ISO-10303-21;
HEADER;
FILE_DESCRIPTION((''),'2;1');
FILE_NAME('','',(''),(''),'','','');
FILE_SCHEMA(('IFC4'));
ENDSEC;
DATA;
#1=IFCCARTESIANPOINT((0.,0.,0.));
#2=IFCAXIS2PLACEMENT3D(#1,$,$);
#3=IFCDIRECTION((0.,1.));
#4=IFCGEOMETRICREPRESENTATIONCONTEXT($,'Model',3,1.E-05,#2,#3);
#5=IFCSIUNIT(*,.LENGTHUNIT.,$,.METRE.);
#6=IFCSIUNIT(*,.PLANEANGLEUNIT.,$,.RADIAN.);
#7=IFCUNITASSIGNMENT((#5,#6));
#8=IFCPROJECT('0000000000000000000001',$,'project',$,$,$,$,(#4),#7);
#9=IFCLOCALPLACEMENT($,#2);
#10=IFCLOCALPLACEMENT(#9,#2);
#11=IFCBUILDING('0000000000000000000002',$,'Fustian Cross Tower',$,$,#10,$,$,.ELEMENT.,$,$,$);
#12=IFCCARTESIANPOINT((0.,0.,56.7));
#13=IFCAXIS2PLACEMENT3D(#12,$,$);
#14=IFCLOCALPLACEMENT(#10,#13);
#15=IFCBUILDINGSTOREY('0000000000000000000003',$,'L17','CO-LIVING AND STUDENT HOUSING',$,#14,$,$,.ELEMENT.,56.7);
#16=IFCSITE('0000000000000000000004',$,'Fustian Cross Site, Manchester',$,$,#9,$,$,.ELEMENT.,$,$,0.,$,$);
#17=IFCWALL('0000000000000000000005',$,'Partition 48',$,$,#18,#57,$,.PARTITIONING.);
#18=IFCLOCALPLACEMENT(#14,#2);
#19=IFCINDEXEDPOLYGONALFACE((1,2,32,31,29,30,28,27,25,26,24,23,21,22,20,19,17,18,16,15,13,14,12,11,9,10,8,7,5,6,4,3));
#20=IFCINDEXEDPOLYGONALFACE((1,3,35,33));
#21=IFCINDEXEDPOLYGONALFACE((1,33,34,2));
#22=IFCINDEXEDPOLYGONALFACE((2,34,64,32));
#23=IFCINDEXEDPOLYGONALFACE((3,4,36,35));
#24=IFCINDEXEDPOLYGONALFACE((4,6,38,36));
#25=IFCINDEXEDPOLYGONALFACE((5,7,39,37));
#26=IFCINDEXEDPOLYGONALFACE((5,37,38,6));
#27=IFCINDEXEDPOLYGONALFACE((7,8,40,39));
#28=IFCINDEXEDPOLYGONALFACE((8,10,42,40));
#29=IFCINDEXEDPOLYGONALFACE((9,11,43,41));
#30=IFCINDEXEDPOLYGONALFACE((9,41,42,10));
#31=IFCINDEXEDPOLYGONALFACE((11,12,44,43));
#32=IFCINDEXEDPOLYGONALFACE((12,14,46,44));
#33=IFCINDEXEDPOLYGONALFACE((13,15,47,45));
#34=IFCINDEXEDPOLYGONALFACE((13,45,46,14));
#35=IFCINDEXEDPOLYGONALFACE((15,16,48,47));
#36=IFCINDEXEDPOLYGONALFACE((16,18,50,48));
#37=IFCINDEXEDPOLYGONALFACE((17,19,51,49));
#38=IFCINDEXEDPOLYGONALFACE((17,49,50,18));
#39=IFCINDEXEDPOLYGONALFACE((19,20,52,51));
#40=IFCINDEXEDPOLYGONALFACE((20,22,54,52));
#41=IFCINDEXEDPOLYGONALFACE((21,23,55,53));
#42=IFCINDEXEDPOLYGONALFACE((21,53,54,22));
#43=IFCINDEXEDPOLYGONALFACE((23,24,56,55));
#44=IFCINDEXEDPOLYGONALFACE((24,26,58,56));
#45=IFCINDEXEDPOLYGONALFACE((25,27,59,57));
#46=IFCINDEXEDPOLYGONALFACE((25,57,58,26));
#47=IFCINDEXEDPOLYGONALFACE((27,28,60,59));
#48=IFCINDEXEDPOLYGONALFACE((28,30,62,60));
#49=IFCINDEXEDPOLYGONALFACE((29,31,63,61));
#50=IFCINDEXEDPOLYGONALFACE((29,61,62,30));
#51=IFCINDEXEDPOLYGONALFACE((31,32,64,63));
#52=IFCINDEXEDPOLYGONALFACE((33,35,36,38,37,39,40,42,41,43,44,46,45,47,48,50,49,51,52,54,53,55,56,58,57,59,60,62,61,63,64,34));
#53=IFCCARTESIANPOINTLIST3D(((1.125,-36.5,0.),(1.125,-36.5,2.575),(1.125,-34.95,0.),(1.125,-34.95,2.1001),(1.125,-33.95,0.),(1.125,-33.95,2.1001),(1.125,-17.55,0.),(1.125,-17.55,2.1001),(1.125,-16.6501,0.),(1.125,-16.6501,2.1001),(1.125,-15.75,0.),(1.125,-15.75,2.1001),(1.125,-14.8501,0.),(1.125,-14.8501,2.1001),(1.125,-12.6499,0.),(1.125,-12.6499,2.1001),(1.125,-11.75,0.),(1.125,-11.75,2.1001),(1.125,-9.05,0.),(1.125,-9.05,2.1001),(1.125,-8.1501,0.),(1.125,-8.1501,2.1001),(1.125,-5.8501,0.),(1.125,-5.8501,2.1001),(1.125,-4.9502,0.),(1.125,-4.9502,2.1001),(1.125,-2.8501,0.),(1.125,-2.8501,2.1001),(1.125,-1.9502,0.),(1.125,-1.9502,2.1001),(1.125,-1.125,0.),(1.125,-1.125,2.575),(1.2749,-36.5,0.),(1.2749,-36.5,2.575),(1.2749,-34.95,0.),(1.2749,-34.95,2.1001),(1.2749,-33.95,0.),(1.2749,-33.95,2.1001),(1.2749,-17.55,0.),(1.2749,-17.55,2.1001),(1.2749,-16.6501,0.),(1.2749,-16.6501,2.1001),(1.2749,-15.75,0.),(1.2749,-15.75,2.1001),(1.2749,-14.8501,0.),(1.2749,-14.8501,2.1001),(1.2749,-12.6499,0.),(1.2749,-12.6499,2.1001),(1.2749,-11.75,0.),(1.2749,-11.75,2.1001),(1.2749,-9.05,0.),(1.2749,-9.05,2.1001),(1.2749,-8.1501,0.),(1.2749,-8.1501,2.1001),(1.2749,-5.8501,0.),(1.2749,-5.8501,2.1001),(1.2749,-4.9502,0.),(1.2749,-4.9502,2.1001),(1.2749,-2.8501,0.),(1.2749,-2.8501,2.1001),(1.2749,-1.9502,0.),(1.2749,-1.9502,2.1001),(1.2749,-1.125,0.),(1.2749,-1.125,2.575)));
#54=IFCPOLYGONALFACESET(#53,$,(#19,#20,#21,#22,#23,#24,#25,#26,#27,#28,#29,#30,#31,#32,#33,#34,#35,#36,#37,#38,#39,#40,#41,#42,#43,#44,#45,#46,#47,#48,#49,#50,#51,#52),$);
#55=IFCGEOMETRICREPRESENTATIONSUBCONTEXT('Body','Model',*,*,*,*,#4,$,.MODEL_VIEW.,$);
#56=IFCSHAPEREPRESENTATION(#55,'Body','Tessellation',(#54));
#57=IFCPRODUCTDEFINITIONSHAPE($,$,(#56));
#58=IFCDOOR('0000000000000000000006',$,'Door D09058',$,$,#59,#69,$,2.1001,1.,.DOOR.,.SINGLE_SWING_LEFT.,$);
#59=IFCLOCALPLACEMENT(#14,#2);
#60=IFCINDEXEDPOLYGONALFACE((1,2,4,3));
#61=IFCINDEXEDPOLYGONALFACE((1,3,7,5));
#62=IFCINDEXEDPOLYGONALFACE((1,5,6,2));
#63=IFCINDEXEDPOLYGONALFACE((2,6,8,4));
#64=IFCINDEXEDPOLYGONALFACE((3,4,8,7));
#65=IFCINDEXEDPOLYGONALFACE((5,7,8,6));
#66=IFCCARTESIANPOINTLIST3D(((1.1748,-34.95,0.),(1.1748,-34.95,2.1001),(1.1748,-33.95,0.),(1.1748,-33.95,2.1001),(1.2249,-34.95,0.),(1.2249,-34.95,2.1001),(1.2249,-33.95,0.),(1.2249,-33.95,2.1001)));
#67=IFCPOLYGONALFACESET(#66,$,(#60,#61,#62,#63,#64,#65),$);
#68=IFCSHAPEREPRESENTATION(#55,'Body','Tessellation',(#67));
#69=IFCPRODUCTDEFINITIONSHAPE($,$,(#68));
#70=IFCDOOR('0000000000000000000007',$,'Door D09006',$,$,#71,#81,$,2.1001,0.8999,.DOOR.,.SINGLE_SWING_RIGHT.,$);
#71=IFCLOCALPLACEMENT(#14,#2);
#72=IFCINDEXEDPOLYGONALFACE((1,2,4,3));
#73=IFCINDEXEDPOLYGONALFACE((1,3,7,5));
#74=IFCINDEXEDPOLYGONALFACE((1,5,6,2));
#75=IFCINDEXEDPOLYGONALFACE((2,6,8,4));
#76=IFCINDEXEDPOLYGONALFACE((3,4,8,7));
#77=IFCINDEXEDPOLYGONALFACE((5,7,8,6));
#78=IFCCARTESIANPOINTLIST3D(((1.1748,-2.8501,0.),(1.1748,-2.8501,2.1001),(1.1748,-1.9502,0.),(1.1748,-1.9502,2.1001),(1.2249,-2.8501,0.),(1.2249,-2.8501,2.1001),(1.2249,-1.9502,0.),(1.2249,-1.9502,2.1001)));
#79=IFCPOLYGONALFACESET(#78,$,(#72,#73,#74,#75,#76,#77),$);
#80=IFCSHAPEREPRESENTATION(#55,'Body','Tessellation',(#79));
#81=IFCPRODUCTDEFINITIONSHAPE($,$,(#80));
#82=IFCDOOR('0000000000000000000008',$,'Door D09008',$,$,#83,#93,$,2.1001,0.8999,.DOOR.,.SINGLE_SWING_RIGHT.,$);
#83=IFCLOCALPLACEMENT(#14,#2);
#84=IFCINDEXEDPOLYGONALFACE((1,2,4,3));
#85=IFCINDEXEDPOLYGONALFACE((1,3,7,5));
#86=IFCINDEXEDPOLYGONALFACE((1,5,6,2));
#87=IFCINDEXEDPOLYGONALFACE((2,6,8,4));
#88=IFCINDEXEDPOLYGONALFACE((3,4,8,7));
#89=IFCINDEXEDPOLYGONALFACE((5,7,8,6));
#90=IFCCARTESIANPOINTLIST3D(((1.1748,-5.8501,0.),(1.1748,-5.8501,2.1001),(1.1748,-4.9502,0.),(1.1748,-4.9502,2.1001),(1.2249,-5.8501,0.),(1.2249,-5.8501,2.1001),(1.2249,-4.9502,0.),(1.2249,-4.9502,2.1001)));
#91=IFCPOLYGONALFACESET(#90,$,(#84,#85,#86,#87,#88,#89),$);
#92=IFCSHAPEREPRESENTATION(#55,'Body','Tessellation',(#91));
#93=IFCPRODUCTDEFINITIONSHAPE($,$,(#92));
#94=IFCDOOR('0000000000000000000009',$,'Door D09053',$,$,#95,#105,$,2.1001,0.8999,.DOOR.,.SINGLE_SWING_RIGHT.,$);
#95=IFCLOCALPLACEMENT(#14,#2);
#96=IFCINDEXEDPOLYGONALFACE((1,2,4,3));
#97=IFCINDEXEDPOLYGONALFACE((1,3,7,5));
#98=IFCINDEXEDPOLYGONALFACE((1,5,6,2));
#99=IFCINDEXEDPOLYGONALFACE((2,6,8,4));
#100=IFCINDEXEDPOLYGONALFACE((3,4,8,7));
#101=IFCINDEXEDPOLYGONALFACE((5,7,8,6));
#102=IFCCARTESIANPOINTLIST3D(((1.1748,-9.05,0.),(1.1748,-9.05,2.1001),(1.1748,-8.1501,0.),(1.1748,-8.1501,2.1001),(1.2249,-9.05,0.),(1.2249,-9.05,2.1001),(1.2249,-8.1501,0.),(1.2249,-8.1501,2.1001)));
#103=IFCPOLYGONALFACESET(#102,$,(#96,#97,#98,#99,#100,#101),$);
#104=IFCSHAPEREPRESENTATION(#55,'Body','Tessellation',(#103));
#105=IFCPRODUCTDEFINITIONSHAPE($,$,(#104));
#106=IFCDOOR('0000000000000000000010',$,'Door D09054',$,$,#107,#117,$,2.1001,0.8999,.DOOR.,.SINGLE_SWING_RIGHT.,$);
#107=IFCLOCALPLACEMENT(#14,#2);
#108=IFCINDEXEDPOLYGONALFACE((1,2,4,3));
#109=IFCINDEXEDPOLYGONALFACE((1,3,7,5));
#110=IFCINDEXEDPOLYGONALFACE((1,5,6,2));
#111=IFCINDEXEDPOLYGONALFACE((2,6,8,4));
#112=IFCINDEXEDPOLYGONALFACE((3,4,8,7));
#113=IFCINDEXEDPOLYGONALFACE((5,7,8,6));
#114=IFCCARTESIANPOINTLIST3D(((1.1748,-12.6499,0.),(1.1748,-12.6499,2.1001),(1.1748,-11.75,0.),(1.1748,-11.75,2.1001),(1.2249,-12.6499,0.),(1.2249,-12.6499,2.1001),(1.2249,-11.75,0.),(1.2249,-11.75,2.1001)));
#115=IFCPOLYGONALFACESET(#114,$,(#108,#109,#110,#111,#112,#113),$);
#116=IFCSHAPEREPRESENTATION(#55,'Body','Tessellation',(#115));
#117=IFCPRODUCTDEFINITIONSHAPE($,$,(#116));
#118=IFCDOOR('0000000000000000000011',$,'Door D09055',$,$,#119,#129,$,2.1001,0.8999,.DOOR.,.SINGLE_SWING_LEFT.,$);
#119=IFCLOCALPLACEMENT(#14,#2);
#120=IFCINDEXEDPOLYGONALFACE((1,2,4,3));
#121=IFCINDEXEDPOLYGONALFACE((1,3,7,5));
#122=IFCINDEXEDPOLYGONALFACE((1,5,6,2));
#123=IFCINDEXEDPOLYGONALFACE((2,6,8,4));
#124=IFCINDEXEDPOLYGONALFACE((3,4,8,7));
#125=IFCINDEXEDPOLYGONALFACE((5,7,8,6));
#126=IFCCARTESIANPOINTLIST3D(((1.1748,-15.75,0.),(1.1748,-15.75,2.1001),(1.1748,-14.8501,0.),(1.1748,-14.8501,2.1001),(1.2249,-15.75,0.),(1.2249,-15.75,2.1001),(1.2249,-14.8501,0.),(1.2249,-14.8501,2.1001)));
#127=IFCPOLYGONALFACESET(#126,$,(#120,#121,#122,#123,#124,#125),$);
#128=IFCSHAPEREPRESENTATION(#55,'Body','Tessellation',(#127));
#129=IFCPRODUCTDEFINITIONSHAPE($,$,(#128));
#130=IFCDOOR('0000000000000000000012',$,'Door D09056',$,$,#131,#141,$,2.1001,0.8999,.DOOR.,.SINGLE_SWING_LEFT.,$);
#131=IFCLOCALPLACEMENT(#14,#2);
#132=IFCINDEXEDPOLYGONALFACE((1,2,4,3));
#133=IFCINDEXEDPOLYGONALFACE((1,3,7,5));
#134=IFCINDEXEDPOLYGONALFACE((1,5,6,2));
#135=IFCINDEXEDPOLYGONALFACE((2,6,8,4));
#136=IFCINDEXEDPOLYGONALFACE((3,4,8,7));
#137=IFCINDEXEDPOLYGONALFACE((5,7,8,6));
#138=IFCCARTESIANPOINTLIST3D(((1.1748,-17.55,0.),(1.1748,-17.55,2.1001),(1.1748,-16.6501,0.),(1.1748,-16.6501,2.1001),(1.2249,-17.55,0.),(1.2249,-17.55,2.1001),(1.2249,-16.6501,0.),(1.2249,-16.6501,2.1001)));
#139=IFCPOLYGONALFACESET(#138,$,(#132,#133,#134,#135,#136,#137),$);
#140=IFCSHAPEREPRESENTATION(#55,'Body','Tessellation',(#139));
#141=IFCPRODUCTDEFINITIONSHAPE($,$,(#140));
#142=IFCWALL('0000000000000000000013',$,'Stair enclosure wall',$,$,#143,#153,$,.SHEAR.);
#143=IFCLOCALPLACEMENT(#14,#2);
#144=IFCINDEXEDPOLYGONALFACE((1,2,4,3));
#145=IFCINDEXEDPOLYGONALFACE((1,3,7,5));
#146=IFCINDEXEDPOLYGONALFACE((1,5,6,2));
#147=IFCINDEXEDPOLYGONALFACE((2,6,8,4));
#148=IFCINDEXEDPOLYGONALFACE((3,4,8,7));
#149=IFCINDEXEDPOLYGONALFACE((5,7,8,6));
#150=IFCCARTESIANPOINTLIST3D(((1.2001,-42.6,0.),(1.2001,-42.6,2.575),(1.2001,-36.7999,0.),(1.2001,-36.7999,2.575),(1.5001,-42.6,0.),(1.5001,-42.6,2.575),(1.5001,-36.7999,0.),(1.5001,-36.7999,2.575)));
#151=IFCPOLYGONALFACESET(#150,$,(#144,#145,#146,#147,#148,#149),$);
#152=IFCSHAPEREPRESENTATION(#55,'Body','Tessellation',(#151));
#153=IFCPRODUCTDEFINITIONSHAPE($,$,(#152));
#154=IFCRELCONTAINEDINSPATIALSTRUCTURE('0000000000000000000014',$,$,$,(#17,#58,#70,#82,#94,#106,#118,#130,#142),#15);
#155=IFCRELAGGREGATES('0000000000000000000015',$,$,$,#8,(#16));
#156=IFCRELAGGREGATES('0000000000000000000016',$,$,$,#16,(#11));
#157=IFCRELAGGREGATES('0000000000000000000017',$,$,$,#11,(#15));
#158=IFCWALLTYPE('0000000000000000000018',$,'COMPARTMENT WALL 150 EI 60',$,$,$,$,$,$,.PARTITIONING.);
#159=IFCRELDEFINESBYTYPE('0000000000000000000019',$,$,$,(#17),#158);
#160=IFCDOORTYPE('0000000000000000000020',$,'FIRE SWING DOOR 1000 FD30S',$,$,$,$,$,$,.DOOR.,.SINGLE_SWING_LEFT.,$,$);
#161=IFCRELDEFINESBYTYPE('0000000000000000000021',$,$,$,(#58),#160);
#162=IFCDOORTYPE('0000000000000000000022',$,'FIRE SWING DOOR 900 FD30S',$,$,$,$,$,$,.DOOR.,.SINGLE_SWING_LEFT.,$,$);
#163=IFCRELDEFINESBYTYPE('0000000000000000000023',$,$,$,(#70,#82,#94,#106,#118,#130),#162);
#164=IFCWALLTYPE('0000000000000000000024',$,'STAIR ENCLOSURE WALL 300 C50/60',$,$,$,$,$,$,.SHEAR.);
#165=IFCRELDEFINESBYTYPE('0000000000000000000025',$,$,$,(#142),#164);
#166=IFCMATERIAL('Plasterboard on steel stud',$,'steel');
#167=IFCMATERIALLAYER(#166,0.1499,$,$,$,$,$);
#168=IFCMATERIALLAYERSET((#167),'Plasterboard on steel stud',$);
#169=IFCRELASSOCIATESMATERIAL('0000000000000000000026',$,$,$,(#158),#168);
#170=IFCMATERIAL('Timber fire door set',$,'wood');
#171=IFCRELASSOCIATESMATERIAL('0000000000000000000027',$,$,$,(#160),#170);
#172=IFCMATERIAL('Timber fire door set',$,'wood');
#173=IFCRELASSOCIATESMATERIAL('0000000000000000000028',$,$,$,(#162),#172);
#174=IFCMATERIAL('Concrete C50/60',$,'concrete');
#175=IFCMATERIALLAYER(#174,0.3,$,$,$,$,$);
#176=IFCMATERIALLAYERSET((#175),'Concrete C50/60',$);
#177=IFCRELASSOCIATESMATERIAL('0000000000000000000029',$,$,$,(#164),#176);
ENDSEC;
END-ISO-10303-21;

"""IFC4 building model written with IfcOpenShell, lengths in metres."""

from ifc_helpers import new_model, si_unit, direction, frame, frame_2d, origin, place, context, subcontext, project, spatial, rectangle, extrude, material, layer, layer_set, type_object, element, fill, save


model = new_model("IFC4")

# Units and contexts
model_context = context("Model", 3, precision=1e-05, world=origin(), true_north=direction((0.0, 1.0)))
body_context = subcontext(model_context, "Body", "Model", "MODEL_VIEW")
ifc_project = project(units=[si_unit("LENGTHUNIT", "METRE"), si_unit("PLANEANGLEUNIT", "RADIAN")], contexts=[model_context])

# Site, building, storey
site_placement = place(None, origin())
site = spatial("IfcSite", under=ifc_project, at=site_placement, Name="Fustian Cross Site, Manchester", CompositionType="ELEMENT", RefElevation=0.0)
building_placement = place(site_placement, origin())
building = spatial("IfcBuilding", under=site, at=building_placement, Name="Fustian Cross Tower", CompositionType="ELEMENT")
storey_placement = place(building_placement, frame((0.0, 0.0, 56.7)))
storey = spatial("IfcBuildingStorey", under=building, at=storey_placement, Name="L17", Description="CO-LIVING AND STUDENT HOUSING", CompositionType="ELEMENT", Elevation=56.7)

# Wall, openings, doors
ifc_material_1 = material(Name="Plasterboard on steel stud", Category="steel")
ifc_layer_1 = layer(ifc_material_1, 0.1499)
ifc_layer_set_1 = layer_set([ifc_layer_1], Name="Plasterboard on steel stud")
wall_type_1 = type_object("IfcWallType", Name="COMPARTMENT WALL 150 EI 60", PredefinedType="PARTITIONING", material=ifc_layer_set_1)
wall_1_placement = place(storey_placement, frame((1.2, -36.5, 0.0), z_axis=(0.0, 0.0, 1.0), x_axis=(0.0, 1.0, 0.0)))
wall_1 = element("IfcWall", 1, at=wall_1_placement, inside=storey, type_object=wall_type_1, Name="Partition 48", PredefinedType="PARTITIONING", context=body_context, shape_type="SweptSolid", body=[
    extrude(rectangle(XDim=35.375, YDim=0.1499, at=frame_2d((17.6875, 0.0))), origin(), (0.0, 0.0, 1.0), 2.575),
])
opening_1_placement = place(wall_1_placement, frame((33.6499, 0.0, 0.0)))
opening_1 = element("IfcOpeningElement", 2, at=opening_1_placement, cuts=wall_1, PredefinedType="OPENING", context=body_context, shape_type="SweptSolid", body=[
    extrude(rectangle(XDim=0.8999, YDim=2.1001, at=frame_2d((0.45, 1.05))), frame((0.0, 0.085, 0.0), z_axis=(0.0, -1.0, 0.0), x_axis=(1.0, 0.0, 0.0)), (0.0, 0.0, 1.0), 0.1699),
])
opening_2_placement = place(wall_1_placement, frame((30.6499, 0.0, 0.0)))
opening_2 = element("IfcOpeningElement", 3, at=opening_2_placement, cuts=wall_1, PredefinedType="OPENING", context=body_context, shape_type="SweptSolid", body=[
    extrude(rectangle(XDim=0.8999, YDim=2.1001, at=frame_2d((0.45, 1.05))), frame((0.0, 0.085, 0.0), z_axis=(0.0, -1.0, 0.0), x_axis=(1.0, 0.0, 0.0)), (0.0, 0.0, 1.0), 0.1699),
])
opening_3_placement = place(wall_1_placement, frame((27.45, 0.0, 0.0)))
opening_3 = element("IfcOpeningElement", 4, at=opening_3_placement, cuts=wall_1, PredefinedType="OPENING", context=body_context, shape_type="SweptSolid", body=[
    extrude(rectangle(XDim=0.8999, YDim=2.1001, at=frame_2d((0.45, 1.05))), frame((0.0, 0.085, 0.0), z_axis=(0.0, -1.0, 0.0), x_axis=(1.0, 0.0, 0.0)), (0.0, 0.0, 1.0), 0.1699),
])
opening_4_placement = place(wall_1_placement, frame((23.8501, 0.0, 0.0)))
opening_4 = element("IfcOpeningElement", 5, at=opening_4_placement, cuts=wall_1, PredefinedType="OPENING", context=body_context, shape_type="SweptSolid", body=[
    extrude(rectangle(XDim=0.8999, YDim=2.1001, at=frame_2d((0.45, 1.05))), frame((0.0, 0.085, 0.0), z_axis=(0.0, -1.0, 0.0), x_axis=(1.0, 0.0, 0.0)), (0.0, 0.0, 1.0), 0.1699),
])
opening_5_placement = place(wall_1_placement, frame((20.75, 0.0, 0.0)))
opening_5 = element("IfcOpeningElement", 6, at=opening_5_placement, cuts=wall_1, PredefinedType="OPENING", context=body_context, shape_type="SweptSolid", body=[
    extrude(rectangle(XDim=0.8999, YDim=2.1001, at=frame_2d((0.45, 1.05))), frame((0.0, 0.085, 0.0), z_axis=(0.0, -1.0, 0.0), x_axis=(1.0, 0.0, 0.0)), (0.0, 0.0, 1.0), 0.1699),
])
opening_6_placement = place(wall_1_placement, frame((18.95, 0.0, 0.0)))
opening_6 = element("IfcOpeningElement", 7, at=opening_6_placement, cuts=wall_1, PredefinedType="OPENING", context=body_context, shape_type="SweptSolid", body=[
    extrude(rectangle(XDim=0.8999, YDim=2.1001, at=frame_2d((0.45, 1.05))), frame((0.0, 0.085, 0.0), z_axis=(0.0, -1.0, 0.0), x_axis=(1.0, 0.0, 0.0)), (0.0, 0.0, 1.0), 0.1699),
])
opening_7_placement = place(wall_1_placement, frame((1.55, 0.0, 0.0)))
opening_7 = element("IfcOpeningElement", 8, at=opening_7_placement, cuts=wall_1, PredefinedType="OPENING", context=body_context, shape_type="SweptSolid", body=[
    extrude(rectangle(XDim=1.0, YDim=2.1001, at=frame_2d((0.5, 1.05))), frame((0.0, 0.085, 0.0), z_axis=(0.0, -1.0, 0.0), x_axis=(1.0, 0.0, 0.0)), (0.0, 0.0, 1.0), 0.1699),
])
ifc_material_2 = material(Name="Timber fire door set", Category="wood")
door_type_1 = type_object("IfcDoorType", Name="FIRE SWING DOOR 1000 FD30S", OperationType="SINGLE_SWING_LEFT", PredefinedType="DOOR", material=ifc_material_2)
door_1_placement = place(opening_7_placement, frame((1.0, 0.0, 0.0), z_axis=(0.0, 0.0, 1.0), x_axis=(-1.0, 0.0, 0.0)))
door_1 = element("IfcDoor", 9, at=door_1_placement, inside=storey, type_object=door_type_1, Name="Door D09058", OperationType="SINGLE_SWING_LEFT", OverallHeight=2.1001, OverallWidth=1.0, PredefinedType="DOOR", context=body_context, shape_type="SweptSolid", body=[
    extrude(rectangle(XDim=1.0, YDim=2.1001, at=frame_2d((0.5, 1.05))), frame((0.0, 0.0249, 0.0), z_axis=(0.0, -1.0, 0.0), x_axis=(1.0, 0.0, 0.0)), (0.0, 0.0, 1.0), 0.05),
])
fill(opening_7, door_1)
ifc_material_3 = material(Name="Timber fire door set", Category="wood")
door_type_2 = type_object("IfcDoorType", Name="FIRE SWING DOOR 900 FD30S", OperationType="SINGLE_SWING_LEFT", PredefinedType="DOOR", material=ifc_material_3)
door_2_placement = place(opening_1_placement, frame((0.8999, 0.0, 0.0), z_axis=(0.0, 0.0, 1.0), x_axis=(-1.0, 0.0, 0.0)))
door_2 = element("IfcDoor", 10, at=door_2_placement, inside=storey, type_object=door_type_2, Name="Door D09006", OperationType="SINGLE_SWING_RIGHT", OverallHeight=2.1001, OverallWidth=0.8999, PredefinedType="DOOR", context=body_context, shape_type="SweptSolid", body=[
    extrude(rectangle(XDim=0.8999, YDim=2.1001, at=frame_2d((0.45, 1.05))), frame((0.0, 0.0249, 0.0), z_axis=(0.0, -1.0, 0.0), x_axis=(1.0, 0.0, 0.0)), (0.0, 0.0, 1.0), 0.05),
])
fill(opening_1, door_2)
door_3_placement = place(opening_2_placement, frame((0.8999, 0.0, 0.0), z_axis=(0.0, 0.0, 1.0), x_axis=(-1.0, 0.0, 0.0)))
door_3 = element("IfcDoor", 11, at=door_3_placement, inside=storey, type_object=door_type_2, Name="Door D09008", OperationType="SINGLE_SWING_RIGHT", OverallHeight=2.1001, OverallWidth=0.8999, PredefinedType="DOOR", context=body_context, shape_type="SweptSolid", body=[
    extrude(rectangle(XDim=0.8999, YDim=2.1001, at=frame_2d((0.45, 1.05))), frame((0.0, 0.0249, 0.0), z_axis=(0.0, -1.0, 0.0), x_axis=(1.0, 0.0, 0.0)), (0.0, 0.0, 1.0), 0.05),
])
fill(opening_2, door_3)
door_4_placement = place(opening_3_placement, frame((0.8999, 0.0, 0.0), z_axis=(0.0, 0.0, 1.0), x_axis=(-1.0, 0.0, 0.0)))
door_4 = element("IfcDoor", 12, at=door_4_placement, inside=storey, type_object=door_type_2, Name="Door D09053", OperationType="SINGLE_SWING_RIGHT", OverallHeight=2.1001, OverallWidth=0.8999, PredefinedType="DOOR", context=body_context, shape_type="SweptSolid", body=[
    extrude(rectangle(XDim=0.8999, YDim=2.1001, at=frame_2d((0.45, 1.05))), frame((0.0, 0.0249, 0.0), z_axis=(0.0, -1.0, 0.0), x_axis=(1.0, 0.0, 0.0)), (0.0, 0.0, 1.0), 0.05),
])
fill(opening_3, door_4)
door_5_placement = place(opening_4_placement, frame((0.8999, 0.0, 0.0), z_axis=(0.0, 0.0, 1.0), x_axis=(-1.0, 0.0, 0.0)))
door_5 = element("IfcDoor", 13, at=door_5_placement, inside=storey, type_object=door_type_2, Name="Door D09054", OperationType="SINGLE_SWING_RIGHT", OverallHeight=2.1001, OverallWidth=0.8999, PredefinedType="DOOR", context=body_context, shape_type="SweptSolid", body=[
    extrude(rectangle(XDim=0.8999, YDim=2.1001, at=frame_2d((0.45, 1.05))), frame((0.0, 0.0249, 0.0), z_axis=(0.0, -1.0, 0.0), x_axis=(1.0, 0.0, 0.0)), (0.0, 0.0, 1.0), 0.05),
])
fill(opening_4, door_5)
door_6_placement = place(opening_5_placement, frame((0.8999, 0.0, 0.0), z_axis=(0.0, 0.0, 1.0), x_axis=(-1.0, 0.0, 0.0)))
door_6 = element("IfcDoor", 14, at=door_6_placement, inside=storey, type_object=door_type_2, Name="Door D09055", OperationType="SINGLE_SWING_LEFT", OverallHeight=2.1001, OverallWidth=0.8999, PredefinedType="DOOR", context=body_context, shape_type="SweptSolid", body=[
    extrude(rectangle(XDim=0.8999, YDim=2.1001, at=frame_2d((0.45, 1.05))), frame((0.0, 0.0249, 0.0), z_axis=(0.0, -1.0, 0.0), x_axis=(1.0, 0.0, 0.0)), (0.0, 0.0, 1.0), 0.05),
])
fill(opening_5, door_6)
door_7_placement = place(opening_6_placement, frame((0.8999, 0.0, 0.0), z_axis=(0.0, 0.0, 1.0), x_axis=(-1.0, 0.0, 0.0)))
door_7 = element("IfcDoor", 15, at=door_7_placement, inside=storey, type_object=door_type_2, Name="Door D09056", OperationType="SINGLE_SWING_LEFT", OverallHeight=2.1001, OverallWidth=0.8999, PredefinedType="DOOR", context=body_context, shape_type="SweptSolid", body=[
    extrude(rectangle(XDim=0.8999, YDim=2.1001, at=frame_2d((0.45, 1.05))), frame((0.0, 0.0249, 0.0), z_axis=(0.0, -1.0, 0.0), x_axis=(1.0, 0.0, 0.0)), (0.0, 0.0, 1.0), 0.05),
])
fill(opening_6, door_7)

# Wall
ifc_material_4 = material(Name="Concrete C50/60", Category="concrete")
ifc_layer_2 = layer(ifc_material_4, 0.3)
ifc_layer_set_2 = layer_set([ifc_layer_2], Name="Concrete C50/60")
wall_type_2 = type_object("IfcWallType", Name="STAIR ENCLOSURE WALL 300 C50/60", PredefinedType="SHEAR", material=ifc_layer_set_2)
wall_2_placement = place(storey_placement, frame((1.3501, -36.8, 0.0), z_axis=(0.0, 0.0, 1.0), x_axis=(0.0, -1.0, 0.0)))
element("IfcWall", 16, at=wall_2_placement, inside=storey, type_object=wall_type_2, Name="Stair enclosure wall", PredefinedType="SHEAR", context=body_context, shape_type="SweptSolid", body=[
    extrude(rectangle(XDim=5.8, YDim=0.3, at=frame_2d((2.8999, 0.0))), origin(), (0.0, 0.0, 1.0), 2.575),
])

save(model, "model.ifc")
